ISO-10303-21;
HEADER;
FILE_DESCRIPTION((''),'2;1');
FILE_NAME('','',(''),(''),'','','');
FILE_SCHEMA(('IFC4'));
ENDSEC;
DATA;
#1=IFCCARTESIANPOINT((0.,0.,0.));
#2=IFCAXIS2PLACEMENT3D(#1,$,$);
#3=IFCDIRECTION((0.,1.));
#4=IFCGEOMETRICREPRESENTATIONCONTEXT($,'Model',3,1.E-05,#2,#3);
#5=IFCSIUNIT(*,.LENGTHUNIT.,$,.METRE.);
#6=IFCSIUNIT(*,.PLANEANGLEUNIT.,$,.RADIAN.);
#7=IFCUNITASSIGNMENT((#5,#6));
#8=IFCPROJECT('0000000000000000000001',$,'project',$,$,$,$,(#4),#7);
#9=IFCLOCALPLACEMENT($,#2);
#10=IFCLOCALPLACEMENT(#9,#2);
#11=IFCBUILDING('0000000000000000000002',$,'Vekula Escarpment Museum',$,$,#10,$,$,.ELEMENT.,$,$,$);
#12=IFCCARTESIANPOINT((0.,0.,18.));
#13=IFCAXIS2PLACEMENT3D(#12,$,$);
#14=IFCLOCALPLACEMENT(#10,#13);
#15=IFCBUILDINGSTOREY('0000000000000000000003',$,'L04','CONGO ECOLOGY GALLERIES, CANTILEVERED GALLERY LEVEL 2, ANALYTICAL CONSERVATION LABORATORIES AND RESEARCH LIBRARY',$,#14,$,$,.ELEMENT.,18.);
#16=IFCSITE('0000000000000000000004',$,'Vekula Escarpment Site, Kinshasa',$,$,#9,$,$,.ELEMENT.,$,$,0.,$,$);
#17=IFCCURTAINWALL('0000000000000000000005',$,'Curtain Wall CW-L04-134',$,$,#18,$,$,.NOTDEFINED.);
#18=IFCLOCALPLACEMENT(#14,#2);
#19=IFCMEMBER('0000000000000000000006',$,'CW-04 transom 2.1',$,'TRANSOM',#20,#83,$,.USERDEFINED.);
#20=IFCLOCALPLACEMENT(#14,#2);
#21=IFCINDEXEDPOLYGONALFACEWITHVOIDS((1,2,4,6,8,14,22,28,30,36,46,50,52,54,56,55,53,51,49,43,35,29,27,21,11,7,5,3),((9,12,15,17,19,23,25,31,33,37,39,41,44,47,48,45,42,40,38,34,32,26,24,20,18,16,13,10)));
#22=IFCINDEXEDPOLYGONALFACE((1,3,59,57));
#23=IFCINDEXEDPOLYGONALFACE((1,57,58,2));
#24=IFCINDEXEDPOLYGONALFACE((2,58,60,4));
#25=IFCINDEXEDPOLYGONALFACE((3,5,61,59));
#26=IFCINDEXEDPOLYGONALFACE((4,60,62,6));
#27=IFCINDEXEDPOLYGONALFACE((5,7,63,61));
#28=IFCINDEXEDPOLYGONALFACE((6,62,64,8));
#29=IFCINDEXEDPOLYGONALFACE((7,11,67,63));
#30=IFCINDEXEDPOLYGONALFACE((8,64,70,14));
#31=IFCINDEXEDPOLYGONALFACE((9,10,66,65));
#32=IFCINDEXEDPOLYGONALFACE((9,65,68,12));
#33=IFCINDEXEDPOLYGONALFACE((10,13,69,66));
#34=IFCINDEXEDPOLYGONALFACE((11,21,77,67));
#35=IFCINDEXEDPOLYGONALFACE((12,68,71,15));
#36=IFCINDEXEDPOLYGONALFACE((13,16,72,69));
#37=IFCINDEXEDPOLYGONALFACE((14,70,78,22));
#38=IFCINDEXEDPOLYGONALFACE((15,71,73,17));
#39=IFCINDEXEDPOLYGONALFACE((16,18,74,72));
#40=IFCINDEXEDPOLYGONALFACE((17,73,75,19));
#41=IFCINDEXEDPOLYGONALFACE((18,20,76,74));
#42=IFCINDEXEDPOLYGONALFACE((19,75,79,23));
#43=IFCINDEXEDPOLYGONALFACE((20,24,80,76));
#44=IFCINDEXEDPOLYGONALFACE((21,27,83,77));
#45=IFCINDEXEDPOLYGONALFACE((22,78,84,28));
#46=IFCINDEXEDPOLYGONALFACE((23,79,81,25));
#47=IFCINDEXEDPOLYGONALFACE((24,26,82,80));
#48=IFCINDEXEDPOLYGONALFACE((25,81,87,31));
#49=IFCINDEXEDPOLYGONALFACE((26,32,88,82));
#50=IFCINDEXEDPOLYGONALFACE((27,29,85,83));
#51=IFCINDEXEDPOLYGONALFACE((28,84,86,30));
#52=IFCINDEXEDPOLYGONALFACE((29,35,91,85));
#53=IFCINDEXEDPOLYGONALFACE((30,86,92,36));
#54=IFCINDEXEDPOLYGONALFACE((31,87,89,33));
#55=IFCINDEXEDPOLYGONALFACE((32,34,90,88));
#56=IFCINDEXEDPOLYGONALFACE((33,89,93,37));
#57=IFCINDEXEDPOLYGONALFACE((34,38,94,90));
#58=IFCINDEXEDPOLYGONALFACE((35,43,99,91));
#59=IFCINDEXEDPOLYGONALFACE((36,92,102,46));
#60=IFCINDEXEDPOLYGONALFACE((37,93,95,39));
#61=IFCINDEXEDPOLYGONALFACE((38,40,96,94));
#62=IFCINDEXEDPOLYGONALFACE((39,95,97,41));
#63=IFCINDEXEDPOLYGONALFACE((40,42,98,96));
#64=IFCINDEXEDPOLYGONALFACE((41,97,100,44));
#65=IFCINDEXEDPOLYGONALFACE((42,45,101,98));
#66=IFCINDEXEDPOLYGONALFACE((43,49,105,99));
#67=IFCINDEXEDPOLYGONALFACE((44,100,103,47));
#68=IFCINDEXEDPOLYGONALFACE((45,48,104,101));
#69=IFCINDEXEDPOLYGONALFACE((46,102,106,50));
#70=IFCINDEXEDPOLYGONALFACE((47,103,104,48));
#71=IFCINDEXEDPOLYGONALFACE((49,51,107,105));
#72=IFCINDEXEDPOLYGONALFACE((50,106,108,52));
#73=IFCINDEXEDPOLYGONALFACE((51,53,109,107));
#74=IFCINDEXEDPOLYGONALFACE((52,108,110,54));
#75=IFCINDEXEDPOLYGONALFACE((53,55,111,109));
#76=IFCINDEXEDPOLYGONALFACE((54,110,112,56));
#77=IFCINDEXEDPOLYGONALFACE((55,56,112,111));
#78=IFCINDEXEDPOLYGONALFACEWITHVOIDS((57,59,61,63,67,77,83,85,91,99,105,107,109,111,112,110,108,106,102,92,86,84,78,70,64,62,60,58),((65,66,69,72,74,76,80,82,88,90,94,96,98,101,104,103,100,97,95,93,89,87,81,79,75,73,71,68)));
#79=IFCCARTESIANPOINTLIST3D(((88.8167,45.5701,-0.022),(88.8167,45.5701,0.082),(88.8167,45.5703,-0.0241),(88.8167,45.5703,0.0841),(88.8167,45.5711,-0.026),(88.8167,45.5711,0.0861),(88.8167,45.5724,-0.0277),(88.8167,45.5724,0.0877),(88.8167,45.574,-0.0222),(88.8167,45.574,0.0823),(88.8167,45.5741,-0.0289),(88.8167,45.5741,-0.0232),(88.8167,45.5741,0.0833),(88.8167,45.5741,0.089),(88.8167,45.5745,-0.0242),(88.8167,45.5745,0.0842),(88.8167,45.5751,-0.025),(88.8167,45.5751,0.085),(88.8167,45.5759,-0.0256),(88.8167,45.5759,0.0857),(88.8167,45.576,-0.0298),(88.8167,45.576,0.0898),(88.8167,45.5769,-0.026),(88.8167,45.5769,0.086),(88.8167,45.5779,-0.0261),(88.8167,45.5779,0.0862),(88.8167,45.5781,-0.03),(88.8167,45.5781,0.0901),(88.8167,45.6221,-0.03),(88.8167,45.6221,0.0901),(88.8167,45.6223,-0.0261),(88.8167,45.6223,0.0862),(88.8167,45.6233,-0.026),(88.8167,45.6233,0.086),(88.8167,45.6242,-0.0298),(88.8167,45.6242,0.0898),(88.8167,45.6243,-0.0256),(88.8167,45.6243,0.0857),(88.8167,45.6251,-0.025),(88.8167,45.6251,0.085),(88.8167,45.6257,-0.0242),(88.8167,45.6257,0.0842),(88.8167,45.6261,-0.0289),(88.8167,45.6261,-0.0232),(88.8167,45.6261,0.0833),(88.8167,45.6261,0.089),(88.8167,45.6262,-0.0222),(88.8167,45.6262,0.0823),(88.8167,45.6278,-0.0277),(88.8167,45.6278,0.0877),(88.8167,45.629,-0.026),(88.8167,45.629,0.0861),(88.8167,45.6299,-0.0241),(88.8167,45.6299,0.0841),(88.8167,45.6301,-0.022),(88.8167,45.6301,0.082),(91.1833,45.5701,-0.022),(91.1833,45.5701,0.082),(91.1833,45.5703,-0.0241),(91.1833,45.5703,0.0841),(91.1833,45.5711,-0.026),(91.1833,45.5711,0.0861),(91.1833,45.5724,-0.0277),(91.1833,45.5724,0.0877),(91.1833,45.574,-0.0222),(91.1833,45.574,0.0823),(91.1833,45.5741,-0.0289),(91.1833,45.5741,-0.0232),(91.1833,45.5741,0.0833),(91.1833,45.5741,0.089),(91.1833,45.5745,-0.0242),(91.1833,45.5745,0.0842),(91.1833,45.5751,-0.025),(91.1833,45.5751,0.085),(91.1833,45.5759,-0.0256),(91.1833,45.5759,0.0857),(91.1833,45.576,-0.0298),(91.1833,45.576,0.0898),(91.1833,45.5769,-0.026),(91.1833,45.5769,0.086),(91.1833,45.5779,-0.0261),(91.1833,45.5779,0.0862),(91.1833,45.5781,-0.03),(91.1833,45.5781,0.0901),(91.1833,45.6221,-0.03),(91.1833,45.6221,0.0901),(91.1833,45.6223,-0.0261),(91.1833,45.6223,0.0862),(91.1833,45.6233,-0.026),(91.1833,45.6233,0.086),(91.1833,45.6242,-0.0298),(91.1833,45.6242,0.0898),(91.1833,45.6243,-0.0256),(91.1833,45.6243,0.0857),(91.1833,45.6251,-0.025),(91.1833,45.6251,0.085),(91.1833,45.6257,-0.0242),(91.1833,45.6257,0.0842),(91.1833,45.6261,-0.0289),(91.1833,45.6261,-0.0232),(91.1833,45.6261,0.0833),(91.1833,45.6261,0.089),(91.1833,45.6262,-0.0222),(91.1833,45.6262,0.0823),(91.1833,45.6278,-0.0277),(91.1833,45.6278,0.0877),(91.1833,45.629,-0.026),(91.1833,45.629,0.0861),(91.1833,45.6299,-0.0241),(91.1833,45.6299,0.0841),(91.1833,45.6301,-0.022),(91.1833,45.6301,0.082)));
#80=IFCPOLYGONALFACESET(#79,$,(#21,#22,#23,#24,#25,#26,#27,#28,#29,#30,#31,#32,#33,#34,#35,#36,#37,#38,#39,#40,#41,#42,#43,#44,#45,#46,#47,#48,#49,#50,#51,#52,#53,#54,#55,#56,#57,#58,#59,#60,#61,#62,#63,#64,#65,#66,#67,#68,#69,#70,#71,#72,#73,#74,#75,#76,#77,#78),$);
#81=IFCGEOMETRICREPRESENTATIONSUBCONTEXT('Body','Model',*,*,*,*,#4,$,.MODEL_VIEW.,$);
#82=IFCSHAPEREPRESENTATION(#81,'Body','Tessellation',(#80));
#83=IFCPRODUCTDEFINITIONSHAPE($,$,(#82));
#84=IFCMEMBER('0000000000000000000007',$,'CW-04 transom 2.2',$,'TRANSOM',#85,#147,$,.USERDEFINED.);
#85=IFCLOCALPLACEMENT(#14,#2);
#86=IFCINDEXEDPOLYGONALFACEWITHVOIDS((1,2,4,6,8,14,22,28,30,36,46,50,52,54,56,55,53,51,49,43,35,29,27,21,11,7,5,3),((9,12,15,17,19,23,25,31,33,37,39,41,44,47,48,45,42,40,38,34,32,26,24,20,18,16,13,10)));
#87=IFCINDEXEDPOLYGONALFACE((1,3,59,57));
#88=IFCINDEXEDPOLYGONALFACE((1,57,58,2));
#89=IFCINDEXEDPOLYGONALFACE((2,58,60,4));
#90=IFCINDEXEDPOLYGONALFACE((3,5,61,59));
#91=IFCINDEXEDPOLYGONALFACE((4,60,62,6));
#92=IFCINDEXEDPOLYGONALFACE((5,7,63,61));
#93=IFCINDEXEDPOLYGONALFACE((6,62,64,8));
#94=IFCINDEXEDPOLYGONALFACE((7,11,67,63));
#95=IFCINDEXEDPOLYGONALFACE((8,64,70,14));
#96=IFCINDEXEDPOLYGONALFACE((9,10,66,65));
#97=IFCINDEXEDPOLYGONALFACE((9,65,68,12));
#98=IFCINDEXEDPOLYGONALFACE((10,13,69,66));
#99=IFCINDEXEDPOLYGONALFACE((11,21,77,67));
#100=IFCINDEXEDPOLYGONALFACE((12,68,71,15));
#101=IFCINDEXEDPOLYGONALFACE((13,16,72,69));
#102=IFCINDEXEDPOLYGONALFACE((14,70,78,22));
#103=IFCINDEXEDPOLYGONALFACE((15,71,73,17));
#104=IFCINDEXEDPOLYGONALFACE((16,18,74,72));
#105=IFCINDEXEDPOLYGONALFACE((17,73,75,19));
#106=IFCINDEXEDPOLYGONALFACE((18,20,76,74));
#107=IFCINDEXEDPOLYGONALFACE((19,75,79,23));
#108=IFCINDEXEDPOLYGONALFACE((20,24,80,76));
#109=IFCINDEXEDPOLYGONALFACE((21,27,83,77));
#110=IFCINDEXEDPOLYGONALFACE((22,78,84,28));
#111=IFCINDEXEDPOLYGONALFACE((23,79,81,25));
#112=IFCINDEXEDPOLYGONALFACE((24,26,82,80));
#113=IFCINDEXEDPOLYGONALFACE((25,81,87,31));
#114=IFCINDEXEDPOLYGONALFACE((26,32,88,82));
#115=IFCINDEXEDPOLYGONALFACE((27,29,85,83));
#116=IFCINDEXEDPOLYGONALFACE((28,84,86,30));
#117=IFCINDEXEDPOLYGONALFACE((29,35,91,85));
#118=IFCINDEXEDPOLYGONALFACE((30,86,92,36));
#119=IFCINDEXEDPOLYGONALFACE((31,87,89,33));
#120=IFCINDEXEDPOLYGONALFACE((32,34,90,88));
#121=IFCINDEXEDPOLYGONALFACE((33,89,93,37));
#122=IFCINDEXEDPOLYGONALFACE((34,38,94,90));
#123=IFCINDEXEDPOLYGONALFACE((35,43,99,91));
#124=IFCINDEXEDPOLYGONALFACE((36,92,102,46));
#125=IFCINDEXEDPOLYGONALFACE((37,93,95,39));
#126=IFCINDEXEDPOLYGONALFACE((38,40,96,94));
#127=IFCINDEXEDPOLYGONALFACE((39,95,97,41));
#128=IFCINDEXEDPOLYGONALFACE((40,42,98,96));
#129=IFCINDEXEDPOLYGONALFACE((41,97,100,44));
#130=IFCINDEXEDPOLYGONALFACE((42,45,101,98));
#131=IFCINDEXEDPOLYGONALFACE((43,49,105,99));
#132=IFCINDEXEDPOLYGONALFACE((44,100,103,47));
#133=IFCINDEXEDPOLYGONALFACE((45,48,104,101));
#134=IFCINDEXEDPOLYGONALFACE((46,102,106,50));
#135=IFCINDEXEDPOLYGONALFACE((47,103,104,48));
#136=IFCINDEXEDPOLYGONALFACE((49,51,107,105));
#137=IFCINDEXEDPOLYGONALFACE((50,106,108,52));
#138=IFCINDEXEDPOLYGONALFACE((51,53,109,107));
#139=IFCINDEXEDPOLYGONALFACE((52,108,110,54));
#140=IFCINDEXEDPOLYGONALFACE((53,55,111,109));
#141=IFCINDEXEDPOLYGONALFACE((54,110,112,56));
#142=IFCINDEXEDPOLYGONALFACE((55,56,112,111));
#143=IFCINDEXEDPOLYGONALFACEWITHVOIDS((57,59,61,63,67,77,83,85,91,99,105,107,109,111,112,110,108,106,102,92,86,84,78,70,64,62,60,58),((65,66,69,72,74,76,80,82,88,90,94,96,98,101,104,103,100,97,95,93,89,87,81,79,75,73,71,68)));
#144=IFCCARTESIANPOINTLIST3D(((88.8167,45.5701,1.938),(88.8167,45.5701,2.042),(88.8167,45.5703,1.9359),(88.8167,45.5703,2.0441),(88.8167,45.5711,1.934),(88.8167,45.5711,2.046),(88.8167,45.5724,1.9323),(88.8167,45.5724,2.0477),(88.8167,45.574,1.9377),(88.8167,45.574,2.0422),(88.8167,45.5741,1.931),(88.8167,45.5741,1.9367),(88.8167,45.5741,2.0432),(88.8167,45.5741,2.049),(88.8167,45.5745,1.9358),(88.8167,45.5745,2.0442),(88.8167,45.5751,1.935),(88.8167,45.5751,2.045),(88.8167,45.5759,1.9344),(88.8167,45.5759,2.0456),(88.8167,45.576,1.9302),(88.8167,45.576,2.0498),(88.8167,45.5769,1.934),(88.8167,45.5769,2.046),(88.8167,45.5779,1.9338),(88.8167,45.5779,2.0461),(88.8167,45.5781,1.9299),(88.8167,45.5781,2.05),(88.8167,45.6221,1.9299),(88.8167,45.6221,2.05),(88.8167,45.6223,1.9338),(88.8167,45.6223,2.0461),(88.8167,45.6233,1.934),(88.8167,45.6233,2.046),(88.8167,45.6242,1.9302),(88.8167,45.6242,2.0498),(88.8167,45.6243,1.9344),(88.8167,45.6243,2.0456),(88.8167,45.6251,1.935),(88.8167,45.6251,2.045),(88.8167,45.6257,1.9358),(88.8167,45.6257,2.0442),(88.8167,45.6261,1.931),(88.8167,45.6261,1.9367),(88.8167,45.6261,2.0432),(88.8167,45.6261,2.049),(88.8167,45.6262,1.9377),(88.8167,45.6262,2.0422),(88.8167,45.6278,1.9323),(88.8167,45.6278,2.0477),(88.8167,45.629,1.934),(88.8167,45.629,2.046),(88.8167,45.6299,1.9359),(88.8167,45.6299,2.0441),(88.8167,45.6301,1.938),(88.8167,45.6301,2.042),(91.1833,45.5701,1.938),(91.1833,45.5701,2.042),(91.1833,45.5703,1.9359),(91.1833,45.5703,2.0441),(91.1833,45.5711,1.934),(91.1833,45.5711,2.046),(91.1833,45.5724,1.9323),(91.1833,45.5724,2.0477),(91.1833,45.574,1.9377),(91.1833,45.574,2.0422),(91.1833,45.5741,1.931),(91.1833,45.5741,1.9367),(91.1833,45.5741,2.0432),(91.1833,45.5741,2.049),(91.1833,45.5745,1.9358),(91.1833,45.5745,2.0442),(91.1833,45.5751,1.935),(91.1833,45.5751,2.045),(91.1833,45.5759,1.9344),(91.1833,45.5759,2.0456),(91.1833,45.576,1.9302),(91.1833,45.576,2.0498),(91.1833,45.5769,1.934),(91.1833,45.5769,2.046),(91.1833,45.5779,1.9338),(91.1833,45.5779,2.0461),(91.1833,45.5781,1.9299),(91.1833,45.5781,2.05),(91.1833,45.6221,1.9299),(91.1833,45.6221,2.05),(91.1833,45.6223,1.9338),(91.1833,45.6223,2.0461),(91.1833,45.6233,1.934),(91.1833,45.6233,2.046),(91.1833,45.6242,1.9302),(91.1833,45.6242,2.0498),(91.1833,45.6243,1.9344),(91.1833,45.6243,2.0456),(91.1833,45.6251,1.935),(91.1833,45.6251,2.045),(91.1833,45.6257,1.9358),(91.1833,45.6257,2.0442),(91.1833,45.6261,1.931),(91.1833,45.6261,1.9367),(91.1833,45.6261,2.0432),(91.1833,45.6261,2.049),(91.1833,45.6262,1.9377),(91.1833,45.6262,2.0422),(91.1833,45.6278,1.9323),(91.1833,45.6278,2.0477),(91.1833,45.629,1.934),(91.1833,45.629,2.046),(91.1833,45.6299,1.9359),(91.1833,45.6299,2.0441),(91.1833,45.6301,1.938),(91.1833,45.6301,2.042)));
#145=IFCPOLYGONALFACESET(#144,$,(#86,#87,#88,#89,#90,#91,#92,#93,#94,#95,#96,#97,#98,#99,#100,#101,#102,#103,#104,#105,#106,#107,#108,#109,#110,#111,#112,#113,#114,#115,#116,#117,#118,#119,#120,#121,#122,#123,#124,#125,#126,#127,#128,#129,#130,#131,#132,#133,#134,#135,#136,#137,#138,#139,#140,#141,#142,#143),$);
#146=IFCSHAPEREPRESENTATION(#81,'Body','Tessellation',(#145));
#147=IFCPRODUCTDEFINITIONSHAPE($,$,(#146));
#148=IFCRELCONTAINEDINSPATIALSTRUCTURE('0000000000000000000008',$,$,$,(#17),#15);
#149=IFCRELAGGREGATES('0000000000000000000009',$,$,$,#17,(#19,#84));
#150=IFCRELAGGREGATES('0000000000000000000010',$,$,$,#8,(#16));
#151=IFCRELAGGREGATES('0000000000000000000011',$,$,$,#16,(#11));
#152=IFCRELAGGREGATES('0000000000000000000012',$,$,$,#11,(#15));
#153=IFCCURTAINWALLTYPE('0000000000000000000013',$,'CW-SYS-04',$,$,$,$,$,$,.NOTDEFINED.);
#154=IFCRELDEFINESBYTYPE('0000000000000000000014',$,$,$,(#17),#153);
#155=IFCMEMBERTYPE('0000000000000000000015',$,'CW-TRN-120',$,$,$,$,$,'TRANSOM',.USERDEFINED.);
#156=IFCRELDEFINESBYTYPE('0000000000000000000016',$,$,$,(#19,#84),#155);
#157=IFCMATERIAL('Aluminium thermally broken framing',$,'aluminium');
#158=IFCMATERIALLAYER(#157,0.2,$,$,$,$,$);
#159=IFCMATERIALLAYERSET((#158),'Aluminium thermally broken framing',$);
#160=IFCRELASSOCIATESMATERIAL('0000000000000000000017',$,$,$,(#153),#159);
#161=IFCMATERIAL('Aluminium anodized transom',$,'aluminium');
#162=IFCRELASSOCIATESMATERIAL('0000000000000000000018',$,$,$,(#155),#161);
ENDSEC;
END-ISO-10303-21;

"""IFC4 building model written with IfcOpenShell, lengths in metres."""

from ifc_helpers import new_model, si_unit, direction, frame, origin, origin_2d, place, context, subcontext, project, spatial, hollow_rectangle, extrude, material, layer, layer_set, material_profile, profile_set, type_object, element, aggregate, save


model = new_model("IFC4")

# Units and contexts
model_context = context("Model", 3, precision=1e-05, world=origin(), true_north=direction((0.0, 1.0)))
body_context = subcontext(model_context, "Body", "Model", "MODEL_VIEW")
ifc_project = project(units=[si_unit("LENGTHUNIT", "METRE"), si_unit("PLANEANGLEUNIT", "RADIAN")], contexts=[model_context])

# Site, building, storey
site_placement = place(None, origin())
site = spatial("IfcSite", under=ifc_project, at=site_placement, Name="Vekula Escarpment Site, Kinshasa", CompositionType="ELEMENT", RefElevation=0.0)
building_placement = place(site_placement, origin())
building = spatial("IfcBuilding", under=site, at=building_placement, Name="Vekula Escarpment Museum", CompositionType="ELEMENT")
storey_placement = place(building_placement, frame((0.0, 0.0, 18.0)))
storey = spatial("IfcBuildingStorey", under=building, at=storey_placement, Name="L04", Description="CONGO ECOLOGY GALLERIES, CANTILEVERED GALLERY LEVEL 2, ANALYTICAL CONSERVATION LABORATORIES AND RESEARCH LIBRARY", CompositionType="ELEMENT", Elevation=18.0)

# Curtain wall
ifc_material_1 = material(Name="Aluminium thermally broken framing", Category="aluminium")
ifc_layer_1 = layer(ifc_material_1, 0.2)
ifc_layer_set_1 = layer_set([ifc_layer_1], Name="Aluminium thermally broken framing")
curtain_wall_type_1 = type_object("IfcCurtainWallType", Name="CW-SYS-04", PredefinedType="NOTDEFINED", material=ifc_layer_set_1)
curtain_wall_1_placement = place(storey_placement, origin())
curtain_wall_1 = element("IfcCurtainWall", 1, at=curtain_wall_1_placement, inside=storey, type_object=curtain_wall_type_1, Name="Curtain Wall CW-L04-134", PredefinedType="NOTDEFINED")

# Members
ifc_material_2 = material(Name="Aluminium anodized transom", Category="aluminium")
ifc_material_profile_1 = material_profile(ifc_material_2, hollow_rectangle(XDim=0.0601, YDim=0.1201, WallThickness=0.0039, InnerFilletRadius=0.0039, OuterFilletRadius=0.0081, at=origin_2d()), Name="ALU 120x60x4")
ifc_profile_set_1 = profile_set([ifc_material_profile_1], Name="Aluminium anodized transom")
member_type_1 = type_object("IfcMemberType", Name="CW-TRN-120", ElementType="TRANSOM", PredefinedType="USERDEFINED", material=ifc_profile_set_1)
member_1_placement = place(storey_placement, frame((88.8167, 45.6001, 0.03), z_axis=(1.0, 0.0, 0.0), x_axis=(0.0, 1.0, 0.0)))
member_1 = element("IfcMember", 2, at=member_1_placement, type_object=member_type_1, Name="CW-04 transom 2.1", ObjectType="TRANSOM", PredefinedType="USERDEFINED", context=body_context, shape_type="SweptSolid", body=[
    extrude(hollow_rectangle(XDim=0.0601, YDim=0.1201, WallThickness=0.0039, InnerFilletRadius=0.0039, OuterFilletRadius=0.0081, at=origin_2d()), origin(), (0.0, 0.0, 1.0), 2.3667),
])
member_2_placement = place(storey_placement, frame((88.8167, 45.6001, 1.99), z_axis=(1.0, 0.0, 0.0), x_axis=(0.0, 1.0, 0.0)))
member_2 = element("IfcMember", 3, at=member_2_placement, type_object=member_type_1, Name="CW-04 transom 2.2", ObjectType="TRANSOM", PredefinedType="USERDEFINED", context=body_context, shape_type="SweptSolid", body=[
    extrude(hollow_rectangle(XDim=0.0601, YDim=0.1201, WallThickness=0.0039, InnerFilletRadius=0.0039, OuterFilletRadius=0.0081, at=origin_2d()), origin(), (0.0, 0.0, 1.0), 2.3667),
])

aggregate(curtain_wall_1, [member_1, member_2])

save(model, "model.ifc")
